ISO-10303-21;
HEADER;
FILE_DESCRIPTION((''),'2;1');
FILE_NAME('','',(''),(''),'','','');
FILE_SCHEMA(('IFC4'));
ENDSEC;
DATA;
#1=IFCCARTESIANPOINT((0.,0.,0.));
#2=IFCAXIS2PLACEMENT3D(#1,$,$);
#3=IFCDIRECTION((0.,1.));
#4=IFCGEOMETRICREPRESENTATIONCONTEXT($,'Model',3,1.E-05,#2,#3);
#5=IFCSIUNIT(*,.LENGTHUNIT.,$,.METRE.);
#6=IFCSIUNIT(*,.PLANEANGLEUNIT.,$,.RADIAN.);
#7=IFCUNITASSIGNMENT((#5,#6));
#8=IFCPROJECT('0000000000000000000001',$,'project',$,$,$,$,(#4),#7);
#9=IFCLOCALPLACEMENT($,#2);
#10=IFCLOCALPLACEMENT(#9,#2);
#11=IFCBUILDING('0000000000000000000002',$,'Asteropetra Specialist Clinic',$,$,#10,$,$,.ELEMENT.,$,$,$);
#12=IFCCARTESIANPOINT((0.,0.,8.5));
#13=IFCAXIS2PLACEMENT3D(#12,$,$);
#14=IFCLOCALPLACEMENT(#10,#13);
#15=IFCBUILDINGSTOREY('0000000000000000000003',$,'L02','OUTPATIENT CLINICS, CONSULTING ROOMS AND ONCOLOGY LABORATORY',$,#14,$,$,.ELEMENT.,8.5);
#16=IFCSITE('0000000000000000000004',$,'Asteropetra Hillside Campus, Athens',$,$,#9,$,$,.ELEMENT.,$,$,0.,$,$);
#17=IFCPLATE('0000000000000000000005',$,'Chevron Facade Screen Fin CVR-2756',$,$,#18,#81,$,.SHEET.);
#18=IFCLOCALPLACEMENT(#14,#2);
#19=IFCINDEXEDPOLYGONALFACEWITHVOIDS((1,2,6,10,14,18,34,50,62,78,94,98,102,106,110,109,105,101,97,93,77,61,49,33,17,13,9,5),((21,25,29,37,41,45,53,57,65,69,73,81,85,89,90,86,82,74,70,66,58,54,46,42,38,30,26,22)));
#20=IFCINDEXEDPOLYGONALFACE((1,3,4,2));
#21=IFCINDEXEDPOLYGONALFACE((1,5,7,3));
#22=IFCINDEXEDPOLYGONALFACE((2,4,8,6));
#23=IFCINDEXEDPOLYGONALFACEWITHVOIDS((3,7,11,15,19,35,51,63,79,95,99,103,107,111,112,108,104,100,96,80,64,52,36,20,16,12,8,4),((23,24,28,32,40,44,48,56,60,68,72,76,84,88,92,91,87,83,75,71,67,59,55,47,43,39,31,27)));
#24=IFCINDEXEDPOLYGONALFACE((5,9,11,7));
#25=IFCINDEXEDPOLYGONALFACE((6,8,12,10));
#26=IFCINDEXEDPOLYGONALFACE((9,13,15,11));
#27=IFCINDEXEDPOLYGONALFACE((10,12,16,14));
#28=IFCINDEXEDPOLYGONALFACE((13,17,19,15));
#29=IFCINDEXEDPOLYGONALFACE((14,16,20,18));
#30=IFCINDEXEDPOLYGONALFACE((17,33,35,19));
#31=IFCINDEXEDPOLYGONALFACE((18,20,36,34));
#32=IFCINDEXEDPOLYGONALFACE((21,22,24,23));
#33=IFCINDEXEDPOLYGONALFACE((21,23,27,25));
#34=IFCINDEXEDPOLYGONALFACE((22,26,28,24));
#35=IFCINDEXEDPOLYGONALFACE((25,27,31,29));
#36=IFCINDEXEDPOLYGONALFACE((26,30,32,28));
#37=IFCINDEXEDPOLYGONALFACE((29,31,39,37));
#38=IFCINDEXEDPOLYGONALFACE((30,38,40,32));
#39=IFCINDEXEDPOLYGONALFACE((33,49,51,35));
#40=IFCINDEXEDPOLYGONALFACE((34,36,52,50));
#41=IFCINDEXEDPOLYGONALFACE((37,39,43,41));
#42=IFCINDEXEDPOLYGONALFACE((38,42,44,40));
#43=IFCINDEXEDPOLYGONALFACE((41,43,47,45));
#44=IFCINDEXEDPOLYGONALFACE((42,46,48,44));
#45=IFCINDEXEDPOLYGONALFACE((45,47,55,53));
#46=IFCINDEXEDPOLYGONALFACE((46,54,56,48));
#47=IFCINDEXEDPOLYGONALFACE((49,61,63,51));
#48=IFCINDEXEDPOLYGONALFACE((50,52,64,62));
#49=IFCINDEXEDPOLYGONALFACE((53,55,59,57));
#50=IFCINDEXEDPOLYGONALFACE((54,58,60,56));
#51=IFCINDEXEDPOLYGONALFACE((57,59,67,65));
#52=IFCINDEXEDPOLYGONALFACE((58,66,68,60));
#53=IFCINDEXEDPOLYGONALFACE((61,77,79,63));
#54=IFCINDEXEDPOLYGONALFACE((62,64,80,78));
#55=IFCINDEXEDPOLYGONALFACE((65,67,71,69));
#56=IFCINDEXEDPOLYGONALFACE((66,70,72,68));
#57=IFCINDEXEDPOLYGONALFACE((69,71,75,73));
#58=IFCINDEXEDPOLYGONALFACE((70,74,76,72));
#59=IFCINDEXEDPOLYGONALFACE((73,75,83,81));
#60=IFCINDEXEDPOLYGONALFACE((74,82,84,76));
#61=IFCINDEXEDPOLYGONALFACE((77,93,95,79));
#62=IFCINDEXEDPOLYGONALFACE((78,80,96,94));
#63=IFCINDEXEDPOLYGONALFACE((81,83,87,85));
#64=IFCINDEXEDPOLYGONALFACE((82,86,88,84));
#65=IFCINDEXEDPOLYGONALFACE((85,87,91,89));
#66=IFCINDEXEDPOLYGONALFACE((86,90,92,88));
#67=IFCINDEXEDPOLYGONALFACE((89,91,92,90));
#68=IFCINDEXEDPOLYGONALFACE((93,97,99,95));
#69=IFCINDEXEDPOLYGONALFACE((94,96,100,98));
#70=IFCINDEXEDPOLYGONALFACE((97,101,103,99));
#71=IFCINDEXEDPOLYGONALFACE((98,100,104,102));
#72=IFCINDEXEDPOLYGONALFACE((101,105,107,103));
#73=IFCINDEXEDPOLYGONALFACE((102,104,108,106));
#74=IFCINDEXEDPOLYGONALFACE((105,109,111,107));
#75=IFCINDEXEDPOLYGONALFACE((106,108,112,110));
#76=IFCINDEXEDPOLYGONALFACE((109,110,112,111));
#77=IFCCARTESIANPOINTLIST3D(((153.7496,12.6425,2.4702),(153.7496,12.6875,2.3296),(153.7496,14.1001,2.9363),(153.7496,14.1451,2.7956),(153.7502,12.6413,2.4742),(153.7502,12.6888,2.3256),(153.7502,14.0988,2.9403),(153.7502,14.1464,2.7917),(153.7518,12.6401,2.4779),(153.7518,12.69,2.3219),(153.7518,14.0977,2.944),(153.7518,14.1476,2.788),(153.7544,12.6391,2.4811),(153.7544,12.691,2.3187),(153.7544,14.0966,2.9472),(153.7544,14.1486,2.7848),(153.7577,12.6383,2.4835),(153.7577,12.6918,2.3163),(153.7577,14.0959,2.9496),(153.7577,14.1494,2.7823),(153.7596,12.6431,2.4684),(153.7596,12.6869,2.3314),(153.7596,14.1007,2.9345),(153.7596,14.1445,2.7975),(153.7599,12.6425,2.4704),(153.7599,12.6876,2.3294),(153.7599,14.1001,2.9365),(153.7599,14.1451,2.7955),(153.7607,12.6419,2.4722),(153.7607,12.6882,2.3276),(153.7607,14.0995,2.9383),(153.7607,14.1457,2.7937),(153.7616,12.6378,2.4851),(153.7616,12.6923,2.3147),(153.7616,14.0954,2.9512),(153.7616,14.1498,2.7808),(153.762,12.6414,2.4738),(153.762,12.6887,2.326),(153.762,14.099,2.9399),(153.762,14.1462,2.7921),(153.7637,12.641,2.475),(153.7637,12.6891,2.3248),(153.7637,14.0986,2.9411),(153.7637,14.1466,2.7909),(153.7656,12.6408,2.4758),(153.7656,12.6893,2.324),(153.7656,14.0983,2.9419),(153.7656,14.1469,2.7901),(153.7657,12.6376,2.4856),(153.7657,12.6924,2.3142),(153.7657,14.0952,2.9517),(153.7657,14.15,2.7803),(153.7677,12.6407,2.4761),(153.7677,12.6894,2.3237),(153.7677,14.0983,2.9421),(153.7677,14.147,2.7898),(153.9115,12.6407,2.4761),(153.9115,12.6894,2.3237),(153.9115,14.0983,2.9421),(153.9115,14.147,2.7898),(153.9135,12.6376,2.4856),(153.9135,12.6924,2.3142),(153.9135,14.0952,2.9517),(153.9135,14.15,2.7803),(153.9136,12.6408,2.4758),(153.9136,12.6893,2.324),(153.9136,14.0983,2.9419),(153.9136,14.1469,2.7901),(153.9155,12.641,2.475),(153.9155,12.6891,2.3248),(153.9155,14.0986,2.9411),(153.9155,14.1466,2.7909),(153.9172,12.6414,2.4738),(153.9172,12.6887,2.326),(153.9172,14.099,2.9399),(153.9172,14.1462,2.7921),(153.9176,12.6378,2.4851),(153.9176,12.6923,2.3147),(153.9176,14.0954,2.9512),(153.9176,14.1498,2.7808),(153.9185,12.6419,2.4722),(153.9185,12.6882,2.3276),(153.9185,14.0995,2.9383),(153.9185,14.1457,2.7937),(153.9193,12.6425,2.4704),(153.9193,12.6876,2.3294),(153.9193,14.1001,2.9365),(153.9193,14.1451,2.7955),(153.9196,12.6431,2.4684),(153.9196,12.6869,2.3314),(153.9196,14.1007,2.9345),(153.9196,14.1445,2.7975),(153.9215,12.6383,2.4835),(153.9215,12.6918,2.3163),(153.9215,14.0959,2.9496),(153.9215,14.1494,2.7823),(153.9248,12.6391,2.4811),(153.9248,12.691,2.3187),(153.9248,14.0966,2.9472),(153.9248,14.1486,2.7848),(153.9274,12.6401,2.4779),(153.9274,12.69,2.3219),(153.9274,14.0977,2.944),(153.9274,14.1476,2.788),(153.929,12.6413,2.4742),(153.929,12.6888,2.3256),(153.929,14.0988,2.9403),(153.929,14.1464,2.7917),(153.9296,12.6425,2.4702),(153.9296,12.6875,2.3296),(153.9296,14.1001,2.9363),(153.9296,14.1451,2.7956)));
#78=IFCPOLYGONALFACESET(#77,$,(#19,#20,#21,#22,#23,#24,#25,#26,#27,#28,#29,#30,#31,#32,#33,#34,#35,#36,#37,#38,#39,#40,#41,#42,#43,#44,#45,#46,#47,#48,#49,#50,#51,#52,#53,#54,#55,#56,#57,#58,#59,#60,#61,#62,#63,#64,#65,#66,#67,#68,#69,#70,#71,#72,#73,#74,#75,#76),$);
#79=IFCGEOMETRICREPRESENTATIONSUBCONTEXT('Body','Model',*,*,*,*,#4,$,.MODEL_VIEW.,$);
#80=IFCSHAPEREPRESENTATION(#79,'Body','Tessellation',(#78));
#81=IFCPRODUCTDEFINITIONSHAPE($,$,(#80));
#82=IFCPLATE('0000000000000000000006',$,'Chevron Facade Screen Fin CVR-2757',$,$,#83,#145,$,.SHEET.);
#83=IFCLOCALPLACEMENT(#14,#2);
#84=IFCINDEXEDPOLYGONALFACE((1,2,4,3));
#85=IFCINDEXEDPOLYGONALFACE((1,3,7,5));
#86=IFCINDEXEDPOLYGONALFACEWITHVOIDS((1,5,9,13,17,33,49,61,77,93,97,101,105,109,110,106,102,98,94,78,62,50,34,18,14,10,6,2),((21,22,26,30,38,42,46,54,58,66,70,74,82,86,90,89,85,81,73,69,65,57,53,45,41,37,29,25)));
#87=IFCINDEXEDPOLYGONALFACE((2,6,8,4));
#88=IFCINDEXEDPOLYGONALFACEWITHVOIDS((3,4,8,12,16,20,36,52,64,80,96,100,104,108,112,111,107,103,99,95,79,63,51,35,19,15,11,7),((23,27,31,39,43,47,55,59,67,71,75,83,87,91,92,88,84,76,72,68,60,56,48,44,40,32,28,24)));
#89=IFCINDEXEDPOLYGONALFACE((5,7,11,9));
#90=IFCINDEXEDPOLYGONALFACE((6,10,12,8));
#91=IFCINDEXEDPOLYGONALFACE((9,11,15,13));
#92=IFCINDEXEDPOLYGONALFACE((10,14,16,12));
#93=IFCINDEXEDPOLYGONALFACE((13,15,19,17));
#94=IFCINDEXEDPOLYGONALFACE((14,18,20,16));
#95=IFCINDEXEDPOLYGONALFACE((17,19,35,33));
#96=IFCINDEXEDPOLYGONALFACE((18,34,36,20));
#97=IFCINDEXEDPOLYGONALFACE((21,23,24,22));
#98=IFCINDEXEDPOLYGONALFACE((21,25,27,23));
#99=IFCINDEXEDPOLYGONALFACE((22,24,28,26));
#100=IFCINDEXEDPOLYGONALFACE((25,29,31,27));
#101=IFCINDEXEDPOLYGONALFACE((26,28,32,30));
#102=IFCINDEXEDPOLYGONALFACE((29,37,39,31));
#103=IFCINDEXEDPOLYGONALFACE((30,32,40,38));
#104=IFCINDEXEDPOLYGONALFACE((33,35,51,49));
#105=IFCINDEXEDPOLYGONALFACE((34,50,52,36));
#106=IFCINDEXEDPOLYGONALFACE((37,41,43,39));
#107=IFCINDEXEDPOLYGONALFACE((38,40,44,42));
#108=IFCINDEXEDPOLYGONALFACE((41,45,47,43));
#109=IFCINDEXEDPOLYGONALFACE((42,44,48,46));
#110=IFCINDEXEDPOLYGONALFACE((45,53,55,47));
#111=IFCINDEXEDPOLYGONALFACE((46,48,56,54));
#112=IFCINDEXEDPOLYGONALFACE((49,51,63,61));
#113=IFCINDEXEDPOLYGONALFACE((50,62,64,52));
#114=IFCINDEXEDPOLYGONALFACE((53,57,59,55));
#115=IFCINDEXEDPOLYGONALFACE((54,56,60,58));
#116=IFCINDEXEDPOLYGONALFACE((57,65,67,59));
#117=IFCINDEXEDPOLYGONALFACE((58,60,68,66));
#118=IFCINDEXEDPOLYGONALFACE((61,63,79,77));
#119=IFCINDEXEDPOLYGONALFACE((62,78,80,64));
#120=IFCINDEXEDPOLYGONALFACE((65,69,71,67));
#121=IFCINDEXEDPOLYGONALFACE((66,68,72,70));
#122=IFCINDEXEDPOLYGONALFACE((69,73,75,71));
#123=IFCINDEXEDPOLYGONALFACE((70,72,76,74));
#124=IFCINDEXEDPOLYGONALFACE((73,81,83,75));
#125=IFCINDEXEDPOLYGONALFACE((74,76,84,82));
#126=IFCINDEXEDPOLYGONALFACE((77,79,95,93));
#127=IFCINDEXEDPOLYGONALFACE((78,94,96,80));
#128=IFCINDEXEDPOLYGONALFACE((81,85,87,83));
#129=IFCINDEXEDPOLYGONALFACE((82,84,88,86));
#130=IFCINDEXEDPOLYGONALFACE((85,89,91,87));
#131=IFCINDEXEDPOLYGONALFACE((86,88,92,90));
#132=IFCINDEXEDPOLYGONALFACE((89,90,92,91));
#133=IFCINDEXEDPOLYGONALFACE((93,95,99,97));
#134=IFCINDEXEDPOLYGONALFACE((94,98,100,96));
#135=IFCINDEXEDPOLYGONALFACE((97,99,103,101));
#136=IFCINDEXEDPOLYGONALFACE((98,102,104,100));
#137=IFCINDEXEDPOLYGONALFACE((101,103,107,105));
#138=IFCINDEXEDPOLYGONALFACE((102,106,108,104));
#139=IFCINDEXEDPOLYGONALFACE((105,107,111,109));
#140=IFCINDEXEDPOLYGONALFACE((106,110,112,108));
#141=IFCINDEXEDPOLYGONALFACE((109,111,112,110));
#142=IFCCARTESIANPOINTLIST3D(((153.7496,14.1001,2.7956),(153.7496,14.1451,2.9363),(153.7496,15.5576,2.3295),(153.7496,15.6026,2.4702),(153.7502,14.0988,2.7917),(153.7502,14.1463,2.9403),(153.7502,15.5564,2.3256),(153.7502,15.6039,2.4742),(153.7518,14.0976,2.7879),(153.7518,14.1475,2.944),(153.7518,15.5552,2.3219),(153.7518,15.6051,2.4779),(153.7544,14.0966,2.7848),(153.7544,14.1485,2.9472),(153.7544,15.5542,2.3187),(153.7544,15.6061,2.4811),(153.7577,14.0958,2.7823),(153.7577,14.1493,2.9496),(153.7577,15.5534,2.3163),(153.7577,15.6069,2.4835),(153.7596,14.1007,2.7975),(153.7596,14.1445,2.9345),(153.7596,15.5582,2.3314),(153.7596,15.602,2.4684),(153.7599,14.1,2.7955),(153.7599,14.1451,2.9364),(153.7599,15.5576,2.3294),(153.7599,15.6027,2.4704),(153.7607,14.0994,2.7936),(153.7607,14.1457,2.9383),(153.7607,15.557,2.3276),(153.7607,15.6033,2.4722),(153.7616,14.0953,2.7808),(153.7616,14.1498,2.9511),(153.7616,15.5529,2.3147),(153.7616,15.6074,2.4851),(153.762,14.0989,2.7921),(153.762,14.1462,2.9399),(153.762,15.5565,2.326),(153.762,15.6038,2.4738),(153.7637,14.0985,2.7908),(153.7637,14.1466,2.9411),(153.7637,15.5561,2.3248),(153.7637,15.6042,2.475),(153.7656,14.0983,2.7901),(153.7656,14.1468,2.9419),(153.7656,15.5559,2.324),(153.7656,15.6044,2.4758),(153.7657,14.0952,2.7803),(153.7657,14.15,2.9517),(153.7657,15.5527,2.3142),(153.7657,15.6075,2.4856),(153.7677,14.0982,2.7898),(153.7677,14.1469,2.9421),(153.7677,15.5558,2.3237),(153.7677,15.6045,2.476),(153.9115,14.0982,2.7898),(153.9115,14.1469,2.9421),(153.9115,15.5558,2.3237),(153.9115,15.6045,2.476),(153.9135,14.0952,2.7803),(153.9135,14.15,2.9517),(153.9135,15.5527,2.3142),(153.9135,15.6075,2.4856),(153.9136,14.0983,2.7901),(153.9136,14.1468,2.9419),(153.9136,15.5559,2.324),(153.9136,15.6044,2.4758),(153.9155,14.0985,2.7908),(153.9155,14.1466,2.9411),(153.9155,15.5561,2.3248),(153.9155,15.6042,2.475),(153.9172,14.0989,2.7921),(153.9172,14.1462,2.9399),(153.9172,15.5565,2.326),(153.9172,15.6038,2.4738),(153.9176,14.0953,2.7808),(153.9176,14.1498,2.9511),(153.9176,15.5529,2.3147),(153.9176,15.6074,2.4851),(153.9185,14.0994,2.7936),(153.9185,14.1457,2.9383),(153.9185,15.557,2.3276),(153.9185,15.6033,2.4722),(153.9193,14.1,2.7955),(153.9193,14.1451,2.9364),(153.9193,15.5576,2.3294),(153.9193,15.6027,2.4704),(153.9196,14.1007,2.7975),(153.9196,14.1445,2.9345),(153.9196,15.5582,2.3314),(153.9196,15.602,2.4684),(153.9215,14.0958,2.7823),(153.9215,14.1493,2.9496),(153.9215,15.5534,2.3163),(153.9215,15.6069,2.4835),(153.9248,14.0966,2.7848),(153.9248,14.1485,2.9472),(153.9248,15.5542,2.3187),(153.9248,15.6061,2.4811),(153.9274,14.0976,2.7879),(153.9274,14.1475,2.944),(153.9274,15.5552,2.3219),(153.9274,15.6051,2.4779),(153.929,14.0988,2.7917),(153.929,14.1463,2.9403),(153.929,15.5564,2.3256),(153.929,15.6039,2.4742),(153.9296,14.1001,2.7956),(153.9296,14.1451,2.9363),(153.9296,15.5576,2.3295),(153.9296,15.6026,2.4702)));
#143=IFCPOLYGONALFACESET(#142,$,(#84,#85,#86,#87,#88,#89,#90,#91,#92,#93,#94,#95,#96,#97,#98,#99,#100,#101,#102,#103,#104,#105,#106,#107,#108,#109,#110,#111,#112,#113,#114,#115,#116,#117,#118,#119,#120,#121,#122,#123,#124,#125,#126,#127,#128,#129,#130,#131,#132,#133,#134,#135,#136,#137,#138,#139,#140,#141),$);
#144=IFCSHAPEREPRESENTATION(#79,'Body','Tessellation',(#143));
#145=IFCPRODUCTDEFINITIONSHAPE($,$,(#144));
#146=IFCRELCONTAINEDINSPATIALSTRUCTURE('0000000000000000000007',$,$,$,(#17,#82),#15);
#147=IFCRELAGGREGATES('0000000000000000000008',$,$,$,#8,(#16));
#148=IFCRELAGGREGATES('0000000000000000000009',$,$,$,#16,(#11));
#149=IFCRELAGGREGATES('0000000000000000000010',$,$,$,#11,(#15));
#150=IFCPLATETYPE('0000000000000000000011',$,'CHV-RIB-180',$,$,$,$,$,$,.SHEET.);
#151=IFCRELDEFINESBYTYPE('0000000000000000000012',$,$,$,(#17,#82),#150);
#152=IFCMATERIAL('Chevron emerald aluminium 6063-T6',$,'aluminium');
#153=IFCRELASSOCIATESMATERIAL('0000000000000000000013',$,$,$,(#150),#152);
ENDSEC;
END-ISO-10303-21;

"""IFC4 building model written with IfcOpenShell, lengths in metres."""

from ifc_helpers import new_model, si_unit, direction, frame, origin, origin_2d, place, context, subcontext, project, spatial, hollow_rectangle, extrude, material, material_profile, profile_set, type_object, element, save


model = new_model("IFC4")

# Units and contexts
model_context = context("Model", 3, precision=1e-05, world=origin(), true_north=direction((0.0, 1.0)))
body_context = subcontext(model_context, "Body", "Model", "MODEL_VIEW")
ifc_project = project(units=[si_unit("LENGTHUNIT", "METRE"), si_unit("PLANEANGLEUNIT", "RADIAN")], contexts=[model_context])

# Site, building, storey
site_placement = place(None, origin())
site = spatial("IfcSite", under=ifc_project, at=site_placement, Name="Asteropetra Hillside Campus, Athens", CompositionType="ELEMENT", RefElevation=0.0)
building_placement = place(site_placement, origin())
building = spatial("IfcBuilding", under=site, at=building_placement, Name="Asteropetra Specialist Clinic", CompositionType="ELEMENT")
storey_placement = place(building_placement, frame((0.0, 0.0, 8.5)))
storey = spatial("IfcBuildingStorey", under=building, at=storey_placement, Name="L02", Description="OUTPATIENT CLINICS, CONSULTING ROOMS AND ONCOLOGY LABORATORY", CompositionType="ELEMENT", Elevation=8.5)

# Plates
ifc_material_1 = material(Name="Chevron emerald aluminium 6063-T6", Category="aluminium")
ifc_material_profile_1 = material_profile(ifc_material_1, hollow_rectangle(XDim=0.1799, YDim=0.1799, WallThickness=0.01, InnerFilletRadius=0.0081, OuterFilletRadius=0.0161, at=origin_2d()), Name="SHS 180x180x10.0")
ifc_profile_set_1 = profile_set([ifc_material_profile_1], Name="Chevron emerald aluminium 6063-T6")
plate_type = type_object("IfcPlateType", Name="CHV-RIB-180", PredefinedType="SHEET", material=ifc_profile_set_1)
for number, where, z_axis, x_axis, name in (
    (1, (153.8396, 12.665, 2.3999), (0.0, 0.952489, 0.304573), (-1.0, 0.0, 0.0), "Chevron Facade Screen Fin CVR-2756"),
    (2, (153.8396, 14.1226, 2.866), (0.0, 0.952489, -0.304573), (-1.0, 0.0, 0.0), "Chevron Facade Screen Fin CVR-2757"),
):
    element("IfcPlate", number, at=place(storey_placement, frame(where, z_axis=z_axis, x_axis=x_axis)), inside=storey, type_object=plate_type, Name=name, PredefinedType="SHEET", context=body_context, shape_type="SweptSolid", body=[
        extrude(hollow_rectangle(XDim=0.1799, YDim=0.1799, WallThickness=0.01, InnerFilletRadius=0.0081, OuterFilletRadius=0.0161, at=origin_2d()), origin(), (0.0, 0.0, 1.0), 1.5303),
    ])

save(model, "model.ifc")
